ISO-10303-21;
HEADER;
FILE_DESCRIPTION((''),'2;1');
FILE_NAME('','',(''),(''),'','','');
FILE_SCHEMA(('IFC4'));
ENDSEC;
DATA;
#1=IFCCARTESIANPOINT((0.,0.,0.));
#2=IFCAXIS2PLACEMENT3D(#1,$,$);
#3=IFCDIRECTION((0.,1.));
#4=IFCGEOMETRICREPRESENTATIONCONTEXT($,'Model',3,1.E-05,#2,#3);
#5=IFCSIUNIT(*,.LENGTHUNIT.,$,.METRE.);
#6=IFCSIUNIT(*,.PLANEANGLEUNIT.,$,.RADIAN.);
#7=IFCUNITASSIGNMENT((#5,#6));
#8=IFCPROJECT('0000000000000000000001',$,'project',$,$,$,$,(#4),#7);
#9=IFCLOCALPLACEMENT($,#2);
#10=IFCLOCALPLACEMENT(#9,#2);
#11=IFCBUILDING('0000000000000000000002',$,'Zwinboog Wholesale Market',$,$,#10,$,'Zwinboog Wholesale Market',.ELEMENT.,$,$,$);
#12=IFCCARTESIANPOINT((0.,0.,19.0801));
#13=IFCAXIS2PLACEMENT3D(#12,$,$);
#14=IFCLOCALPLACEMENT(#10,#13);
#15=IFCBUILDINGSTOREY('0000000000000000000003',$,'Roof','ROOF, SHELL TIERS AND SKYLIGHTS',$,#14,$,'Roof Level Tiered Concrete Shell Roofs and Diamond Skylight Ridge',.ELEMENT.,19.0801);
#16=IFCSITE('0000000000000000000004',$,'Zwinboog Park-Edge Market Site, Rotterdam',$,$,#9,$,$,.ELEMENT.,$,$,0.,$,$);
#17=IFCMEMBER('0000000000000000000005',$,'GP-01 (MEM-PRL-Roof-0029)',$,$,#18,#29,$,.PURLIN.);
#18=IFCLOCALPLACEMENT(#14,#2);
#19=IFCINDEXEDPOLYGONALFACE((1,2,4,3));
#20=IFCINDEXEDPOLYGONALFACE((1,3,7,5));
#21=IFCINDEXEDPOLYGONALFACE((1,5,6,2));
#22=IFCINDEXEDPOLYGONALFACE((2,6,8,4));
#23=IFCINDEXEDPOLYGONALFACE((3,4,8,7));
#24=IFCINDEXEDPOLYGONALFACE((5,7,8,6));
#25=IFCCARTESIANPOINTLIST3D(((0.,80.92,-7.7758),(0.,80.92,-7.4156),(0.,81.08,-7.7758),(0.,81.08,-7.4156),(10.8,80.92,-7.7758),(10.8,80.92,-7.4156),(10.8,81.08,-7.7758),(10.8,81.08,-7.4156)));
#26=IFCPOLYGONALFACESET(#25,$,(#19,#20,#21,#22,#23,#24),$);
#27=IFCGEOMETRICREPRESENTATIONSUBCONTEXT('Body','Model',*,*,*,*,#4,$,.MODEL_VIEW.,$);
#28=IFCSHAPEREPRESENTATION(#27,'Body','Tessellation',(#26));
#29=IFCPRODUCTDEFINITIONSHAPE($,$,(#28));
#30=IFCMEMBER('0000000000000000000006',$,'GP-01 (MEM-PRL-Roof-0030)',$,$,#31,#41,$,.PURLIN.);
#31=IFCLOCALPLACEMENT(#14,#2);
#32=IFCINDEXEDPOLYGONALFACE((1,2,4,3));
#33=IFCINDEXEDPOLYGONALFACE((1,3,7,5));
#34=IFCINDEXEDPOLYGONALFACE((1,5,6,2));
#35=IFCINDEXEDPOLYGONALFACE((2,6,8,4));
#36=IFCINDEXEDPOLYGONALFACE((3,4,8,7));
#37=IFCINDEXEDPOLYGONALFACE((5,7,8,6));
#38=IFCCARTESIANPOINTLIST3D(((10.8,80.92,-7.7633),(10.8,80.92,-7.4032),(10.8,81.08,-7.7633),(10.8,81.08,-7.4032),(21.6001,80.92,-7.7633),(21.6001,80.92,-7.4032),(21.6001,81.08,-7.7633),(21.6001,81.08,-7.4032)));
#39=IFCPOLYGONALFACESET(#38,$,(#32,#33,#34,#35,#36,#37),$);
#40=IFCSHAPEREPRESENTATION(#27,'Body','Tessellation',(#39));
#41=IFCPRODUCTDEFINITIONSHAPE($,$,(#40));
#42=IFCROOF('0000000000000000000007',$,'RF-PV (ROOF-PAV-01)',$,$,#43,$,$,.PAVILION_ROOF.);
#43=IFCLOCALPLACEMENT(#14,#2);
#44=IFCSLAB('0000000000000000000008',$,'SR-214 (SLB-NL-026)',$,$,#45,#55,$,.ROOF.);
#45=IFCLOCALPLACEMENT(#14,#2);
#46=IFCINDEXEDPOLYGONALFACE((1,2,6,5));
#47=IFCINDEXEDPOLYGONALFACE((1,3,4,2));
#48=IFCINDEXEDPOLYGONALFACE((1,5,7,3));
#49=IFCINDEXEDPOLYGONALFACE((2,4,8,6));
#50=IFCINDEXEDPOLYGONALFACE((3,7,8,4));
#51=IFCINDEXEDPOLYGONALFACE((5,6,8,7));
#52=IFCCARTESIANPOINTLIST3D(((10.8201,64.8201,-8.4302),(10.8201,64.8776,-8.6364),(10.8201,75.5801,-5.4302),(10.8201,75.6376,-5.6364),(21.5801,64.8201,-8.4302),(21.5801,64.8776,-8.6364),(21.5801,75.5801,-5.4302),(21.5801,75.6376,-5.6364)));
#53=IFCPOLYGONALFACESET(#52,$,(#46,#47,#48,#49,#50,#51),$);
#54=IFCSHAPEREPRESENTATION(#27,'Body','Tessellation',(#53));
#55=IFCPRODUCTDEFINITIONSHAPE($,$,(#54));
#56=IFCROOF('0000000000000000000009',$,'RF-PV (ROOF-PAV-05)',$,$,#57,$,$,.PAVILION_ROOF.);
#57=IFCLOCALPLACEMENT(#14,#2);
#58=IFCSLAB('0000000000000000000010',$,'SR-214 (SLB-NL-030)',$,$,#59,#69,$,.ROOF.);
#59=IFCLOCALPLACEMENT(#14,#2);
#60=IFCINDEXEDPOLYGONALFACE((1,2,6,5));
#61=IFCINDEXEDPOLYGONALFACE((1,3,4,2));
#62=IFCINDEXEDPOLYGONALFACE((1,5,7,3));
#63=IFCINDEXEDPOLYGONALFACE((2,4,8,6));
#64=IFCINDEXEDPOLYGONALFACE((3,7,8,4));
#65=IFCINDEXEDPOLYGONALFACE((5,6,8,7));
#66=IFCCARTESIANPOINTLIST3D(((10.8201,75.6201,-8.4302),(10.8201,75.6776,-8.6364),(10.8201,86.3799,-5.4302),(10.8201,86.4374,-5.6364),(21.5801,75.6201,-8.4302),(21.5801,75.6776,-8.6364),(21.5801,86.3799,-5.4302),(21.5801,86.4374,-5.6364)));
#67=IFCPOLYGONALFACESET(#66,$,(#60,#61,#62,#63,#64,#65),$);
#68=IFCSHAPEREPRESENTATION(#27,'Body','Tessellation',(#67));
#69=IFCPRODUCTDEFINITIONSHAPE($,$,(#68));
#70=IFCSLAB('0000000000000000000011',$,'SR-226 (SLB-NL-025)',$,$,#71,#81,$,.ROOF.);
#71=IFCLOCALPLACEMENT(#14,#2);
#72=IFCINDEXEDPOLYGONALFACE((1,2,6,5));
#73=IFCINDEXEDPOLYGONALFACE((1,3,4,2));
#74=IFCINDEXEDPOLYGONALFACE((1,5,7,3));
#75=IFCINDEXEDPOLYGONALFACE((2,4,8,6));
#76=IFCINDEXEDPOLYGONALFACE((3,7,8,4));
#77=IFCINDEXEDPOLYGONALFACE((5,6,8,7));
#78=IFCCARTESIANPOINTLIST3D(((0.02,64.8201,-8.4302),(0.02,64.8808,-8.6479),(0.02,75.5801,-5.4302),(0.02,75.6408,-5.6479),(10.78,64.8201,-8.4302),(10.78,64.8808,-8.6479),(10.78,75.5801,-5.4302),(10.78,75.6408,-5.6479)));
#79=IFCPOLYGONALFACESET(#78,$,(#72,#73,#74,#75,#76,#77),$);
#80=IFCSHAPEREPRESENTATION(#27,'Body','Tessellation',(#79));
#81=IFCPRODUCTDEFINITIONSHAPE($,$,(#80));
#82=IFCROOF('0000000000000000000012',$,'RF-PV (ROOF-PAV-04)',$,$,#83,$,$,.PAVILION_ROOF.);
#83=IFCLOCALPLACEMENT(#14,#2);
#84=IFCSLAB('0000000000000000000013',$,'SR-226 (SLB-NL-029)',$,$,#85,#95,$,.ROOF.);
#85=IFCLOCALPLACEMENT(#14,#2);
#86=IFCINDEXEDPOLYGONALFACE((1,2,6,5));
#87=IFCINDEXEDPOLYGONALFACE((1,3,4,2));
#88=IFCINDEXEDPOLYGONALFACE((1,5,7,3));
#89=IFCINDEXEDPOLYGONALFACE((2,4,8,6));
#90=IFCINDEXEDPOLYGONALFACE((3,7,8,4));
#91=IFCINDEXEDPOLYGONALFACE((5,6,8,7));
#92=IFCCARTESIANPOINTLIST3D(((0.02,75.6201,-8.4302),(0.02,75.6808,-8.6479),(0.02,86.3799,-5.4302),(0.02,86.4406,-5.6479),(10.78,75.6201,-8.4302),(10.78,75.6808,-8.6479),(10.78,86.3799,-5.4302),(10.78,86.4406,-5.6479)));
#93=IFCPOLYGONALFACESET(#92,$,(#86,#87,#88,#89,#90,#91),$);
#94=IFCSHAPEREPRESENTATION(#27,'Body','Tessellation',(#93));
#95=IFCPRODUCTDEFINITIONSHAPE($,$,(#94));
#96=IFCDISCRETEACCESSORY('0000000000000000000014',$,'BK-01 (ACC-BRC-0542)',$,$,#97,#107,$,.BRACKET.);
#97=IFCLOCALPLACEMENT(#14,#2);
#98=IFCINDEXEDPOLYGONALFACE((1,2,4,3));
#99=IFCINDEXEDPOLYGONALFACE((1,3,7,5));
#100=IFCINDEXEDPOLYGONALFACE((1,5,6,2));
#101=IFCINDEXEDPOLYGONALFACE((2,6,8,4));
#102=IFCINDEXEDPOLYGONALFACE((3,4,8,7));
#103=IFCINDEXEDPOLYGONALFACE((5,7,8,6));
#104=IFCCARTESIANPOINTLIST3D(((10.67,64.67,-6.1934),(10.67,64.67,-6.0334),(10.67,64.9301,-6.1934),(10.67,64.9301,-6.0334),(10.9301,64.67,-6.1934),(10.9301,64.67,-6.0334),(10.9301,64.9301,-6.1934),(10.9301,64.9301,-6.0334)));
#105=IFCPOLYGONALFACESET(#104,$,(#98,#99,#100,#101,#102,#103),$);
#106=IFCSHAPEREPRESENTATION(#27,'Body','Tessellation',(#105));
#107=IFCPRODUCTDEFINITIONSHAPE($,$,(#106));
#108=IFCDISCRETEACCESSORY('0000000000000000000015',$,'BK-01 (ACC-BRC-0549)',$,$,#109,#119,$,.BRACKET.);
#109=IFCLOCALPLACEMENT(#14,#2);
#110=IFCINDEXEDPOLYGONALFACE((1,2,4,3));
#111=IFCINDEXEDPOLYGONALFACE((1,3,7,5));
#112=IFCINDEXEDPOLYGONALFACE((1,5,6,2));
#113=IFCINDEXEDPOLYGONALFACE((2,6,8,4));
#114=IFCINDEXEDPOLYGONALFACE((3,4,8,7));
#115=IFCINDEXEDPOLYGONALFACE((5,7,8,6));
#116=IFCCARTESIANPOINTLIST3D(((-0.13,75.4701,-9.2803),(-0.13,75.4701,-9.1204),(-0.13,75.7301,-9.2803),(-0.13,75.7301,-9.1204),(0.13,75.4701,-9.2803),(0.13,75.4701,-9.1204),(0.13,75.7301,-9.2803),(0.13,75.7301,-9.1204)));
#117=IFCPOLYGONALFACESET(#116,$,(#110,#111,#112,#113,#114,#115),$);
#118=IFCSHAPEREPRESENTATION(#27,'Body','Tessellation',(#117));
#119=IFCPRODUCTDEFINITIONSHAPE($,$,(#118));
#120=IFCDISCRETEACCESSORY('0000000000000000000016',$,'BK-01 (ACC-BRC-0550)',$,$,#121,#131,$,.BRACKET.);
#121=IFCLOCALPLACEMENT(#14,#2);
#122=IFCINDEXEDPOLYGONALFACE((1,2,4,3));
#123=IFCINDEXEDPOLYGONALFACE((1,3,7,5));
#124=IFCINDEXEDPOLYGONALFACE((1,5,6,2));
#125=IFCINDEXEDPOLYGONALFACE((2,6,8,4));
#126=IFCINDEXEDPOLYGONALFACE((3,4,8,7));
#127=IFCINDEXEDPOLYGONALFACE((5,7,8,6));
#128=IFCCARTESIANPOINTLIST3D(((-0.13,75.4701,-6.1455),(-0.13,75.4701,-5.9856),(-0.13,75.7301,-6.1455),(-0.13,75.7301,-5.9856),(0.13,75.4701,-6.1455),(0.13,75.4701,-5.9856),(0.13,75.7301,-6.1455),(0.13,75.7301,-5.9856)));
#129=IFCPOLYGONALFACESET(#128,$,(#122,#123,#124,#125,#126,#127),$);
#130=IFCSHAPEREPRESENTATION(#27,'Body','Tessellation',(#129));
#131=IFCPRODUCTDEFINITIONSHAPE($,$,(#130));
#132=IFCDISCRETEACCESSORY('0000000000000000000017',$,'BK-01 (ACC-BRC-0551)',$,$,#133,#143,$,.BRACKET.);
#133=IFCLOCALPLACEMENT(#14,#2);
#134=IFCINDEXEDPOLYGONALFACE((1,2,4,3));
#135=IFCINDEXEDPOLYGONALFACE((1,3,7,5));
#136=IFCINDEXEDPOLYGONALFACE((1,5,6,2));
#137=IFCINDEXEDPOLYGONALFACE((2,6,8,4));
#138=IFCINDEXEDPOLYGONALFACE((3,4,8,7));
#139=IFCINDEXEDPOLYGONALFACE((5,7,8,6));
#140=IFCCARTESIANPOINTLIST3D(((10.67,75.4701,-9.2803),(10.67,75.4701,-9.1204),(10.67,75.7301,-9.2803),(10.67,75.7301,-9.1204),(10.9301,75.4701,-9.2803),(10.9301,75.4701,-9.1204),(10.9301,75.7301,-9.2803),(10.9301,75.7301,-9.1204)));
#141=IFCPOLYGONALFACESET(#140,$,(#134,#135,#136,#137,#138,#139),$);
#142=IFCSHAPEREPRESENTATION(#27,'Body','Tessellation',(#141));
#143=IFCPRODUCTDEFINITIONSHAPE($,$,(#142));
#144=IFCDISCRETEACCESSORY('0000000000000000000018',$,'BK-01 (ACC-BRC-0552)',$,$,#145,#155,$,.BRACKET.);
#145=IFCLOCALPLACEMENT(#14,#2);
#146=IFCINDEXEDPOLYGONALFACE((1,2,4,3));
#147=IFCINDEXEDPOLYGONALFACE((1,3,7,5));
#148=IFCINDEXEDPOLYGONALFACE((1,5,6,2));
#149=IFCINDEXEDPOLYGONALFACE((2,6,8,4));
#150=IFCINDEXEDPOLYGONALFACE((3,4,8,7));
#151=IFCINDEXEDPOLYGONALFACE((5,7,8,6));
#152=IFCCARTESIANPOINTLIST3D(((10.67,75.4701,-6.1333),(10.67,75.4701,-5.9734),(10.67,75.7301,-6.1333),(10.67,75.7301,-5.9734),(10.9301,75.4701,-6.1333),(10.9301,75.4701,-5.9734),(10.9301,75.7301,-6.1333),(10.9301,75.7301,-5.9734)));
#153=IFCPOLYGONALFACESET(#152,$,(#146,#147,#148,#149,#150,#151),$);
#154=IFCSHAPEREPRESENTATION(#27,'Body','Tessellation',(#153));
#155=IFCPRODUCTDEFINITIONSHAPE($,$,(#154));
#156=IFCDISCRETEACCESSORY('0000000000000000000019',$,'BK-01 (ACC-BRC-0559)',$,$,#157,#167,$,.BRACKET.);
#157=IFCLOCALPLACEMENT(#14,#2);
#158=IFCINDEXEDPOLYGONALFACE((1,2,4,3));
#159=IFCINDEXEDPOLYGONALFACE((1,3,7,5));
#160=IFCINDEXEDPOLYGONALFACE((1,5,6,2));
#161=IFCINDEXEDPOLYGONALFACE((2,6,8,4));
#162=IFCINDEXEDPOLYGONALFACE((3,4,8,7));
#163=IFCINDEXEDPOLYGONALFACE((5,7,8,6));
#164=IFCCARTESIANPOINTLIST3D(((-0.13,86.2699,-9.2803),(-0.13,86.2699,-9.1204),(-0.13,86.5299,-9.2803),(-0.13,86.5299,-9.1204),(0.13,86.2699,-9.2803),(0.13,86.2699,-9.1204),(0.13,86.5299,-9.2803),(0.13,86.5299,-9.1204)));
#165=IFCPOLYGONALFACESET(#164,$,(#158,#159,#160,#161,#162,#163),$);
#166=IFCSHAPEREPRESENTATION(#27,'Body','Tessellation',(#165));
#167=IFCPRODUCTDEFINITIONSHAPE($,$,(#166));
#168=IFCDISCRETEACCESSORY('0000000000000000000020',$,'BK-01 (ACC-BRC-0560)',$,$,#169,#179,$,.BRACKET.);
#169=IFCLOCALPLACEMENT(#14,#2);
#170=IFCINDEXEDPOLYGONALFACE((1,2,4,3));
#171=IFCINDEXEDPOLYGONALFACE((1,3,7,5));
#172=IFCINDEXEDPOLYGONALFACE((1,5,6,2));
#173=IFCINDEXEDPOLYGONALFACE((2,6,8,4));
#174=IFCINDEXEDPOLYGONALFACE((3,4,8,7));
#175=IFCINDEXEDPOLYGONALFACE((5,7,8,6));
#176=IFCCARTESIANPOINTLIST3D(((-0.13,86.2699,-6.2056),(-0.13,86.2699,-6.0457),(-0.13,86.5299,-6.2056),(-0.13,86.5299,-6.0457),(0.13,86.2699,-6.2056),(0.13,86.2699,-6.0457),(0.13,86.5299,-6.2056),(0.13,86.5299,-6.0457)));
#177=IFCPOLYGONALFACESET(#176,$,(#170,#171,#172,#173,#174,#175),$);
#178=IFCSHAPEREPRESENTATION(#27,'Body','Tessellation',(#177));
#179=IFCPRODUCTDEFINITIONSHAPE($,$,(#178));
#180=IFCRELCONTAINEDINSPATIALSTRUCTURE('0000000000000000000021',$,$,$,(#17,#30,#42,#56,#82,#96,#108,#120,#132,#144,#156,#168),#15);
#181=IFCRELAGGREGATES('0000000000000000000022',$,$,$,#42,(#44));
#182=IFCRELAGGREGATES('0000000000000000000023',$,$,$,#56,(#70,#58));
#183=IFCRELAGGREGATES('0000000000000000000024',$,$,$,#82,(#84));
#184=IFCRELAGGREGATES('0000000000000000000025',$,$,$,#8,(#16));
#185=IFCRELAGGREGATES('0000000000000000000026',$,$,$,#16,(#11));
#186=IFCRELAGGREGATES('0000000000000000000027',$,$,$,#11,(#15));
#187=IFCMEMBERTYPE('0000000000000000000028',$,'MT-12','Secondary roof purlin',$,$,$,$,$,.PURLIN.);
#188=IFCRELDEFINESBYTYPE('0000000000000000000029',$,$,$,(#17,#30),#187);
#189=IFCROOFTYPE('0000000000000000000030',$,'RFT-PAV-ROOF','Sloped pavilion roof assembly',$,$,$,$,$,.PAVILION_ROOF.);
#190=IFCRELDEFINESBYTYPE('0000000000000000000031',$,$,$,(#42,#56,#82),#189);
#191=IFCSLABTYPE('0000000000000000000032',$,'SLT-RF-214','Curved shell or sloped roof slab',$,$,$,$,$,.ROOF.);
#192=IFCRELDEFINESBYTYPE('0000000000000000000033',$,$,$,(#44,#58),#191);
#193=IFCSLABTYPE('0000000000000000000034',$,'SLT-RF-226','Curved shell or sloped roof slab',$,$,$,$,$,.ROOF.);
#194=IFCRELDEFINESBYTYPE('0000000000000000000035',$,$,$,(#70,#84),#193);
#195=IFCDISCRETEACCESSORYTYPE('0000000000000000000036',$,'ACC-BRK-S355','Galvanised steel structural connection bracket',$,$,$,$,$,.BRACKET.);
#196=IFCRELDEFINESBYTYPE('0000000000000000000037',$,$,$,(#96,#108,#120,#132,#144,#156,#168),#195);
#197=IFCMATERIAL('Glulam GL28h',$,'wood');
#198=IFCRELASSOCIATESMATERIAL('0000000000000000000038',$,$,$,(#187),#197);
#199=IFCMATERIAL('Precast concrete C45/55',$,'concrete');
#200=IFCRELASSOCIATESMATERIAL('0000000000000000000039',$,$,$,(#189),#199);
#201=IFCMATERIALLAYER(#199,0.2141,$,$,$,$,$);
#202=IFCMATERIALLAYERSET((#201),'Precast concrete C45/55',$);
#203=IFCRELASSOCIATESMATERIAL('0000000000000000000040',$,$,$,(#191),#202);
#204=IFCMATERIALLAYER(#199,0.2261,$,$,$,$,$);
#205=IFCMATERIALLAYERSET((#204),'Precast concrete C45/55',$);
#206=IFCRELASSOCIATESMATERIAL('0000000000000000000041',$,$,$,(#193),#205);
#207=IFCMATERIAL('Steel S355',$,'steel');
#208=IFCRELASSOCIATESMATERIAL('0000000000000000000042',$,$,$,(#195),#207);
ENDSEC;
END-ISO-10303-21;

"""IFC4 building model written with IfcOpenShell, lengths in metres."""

from ifc_helpers import new_model, si_unit, direction, frame, origin, origin_2d, place, context, subcontext, project, spatial, polyline, rectangle, outline, extrude, material, layer, layer_set, material_profile, profile_set, type_object, element, aggregate, save


model = new_model("IFC4")

# Units and contexts
model_context = context("Model", 3, precision=1e-05, world=origin(), true_north=direction((0.0, 1.0)))
body_context = subcontext(model_context, "Body", "Model", "MODEL_VIEW")
ifc_project = project(units=[si_unit("LENGTHUNIT", "METRE"), si_unit("PLANEANGLEUNIT", "RADIAN")], contexts=[model_context])

# Site, building, storey
site_placement = place(None, origin())
site = spatial("IfcSite", under=ifc_project, at=site_placement, Name="Zwinboog Park-Edge Market Site, Rotterdam", CompositionType="ELEMENT", RefElevation=0.0)
building_placement = place(site_placement, origin())
building = spatial("IfcBuilding", under=site, at=building_placement, Name="Zwinboog Wholesale Market", LongName="Zwinboog Wholesale Market", CompositionType="ELEMENT")
storey_placement = place(building_placement, frame((0.0, 0.0, 19.0801)))
storey = spatial("IfcBuildingStorey", under=building, at=storey_placement, Name="Roof", Description="ROOF, SHELL TIERS AND SKYLIGHTS", LongName="Roof Level Tiered Concrete Shell Roofs and Diamond Skylight Ridge", CompositionType="ELEMENT", Elevation=19.0801)

# Shared definitions
ifc_material_1 = material(Name="Precast concrete C45/55", Category="concrete")

# Members
ifc_material_2 = material(Name="Steel S355", Category="steel")
ifc_material_3 = material(Name="Glulam GL28h", Category="wood")
ifc_material_profile_1 = material_profile(ifc_material_3, rectangle(XDim=0.1599, YDim=0.3601, at=origin_2d()), Name="GL28h 160x360")
ifc_profile_set_1 = profile_set([ifc_material_profile_1], Name="Glulam GL28h")
member_type_1 = type_object("IfcMemberType", Name="MT-12", Description="Secondary roof purlin", PredefinedType="PURLIN", material=ifc_profile_set_1)
for number, where, z_axis, x_axis, name in (
    (1, (0.0, 81.0, -7.5957), (1.0, 0.0, 0.0), (0.0, 1.0, 0.0), "GP-01 (MEM-PRL-Roof-0029)"),
    (2, (10.8, 81.0, -7.5833), (1.0, 0.0, 0.0), (0.0, 1.0, 0.0), "GP-01 (MEM-PRL-Roof-0030)"),
):
    element("IfcMember", number, at=place(storey_placement, frame(where, z_axis=z_axis, x_axis=x_axis)), inside=storey, type_object=member_type_1, Name=name, PredefinedType="PURLIN", context=body_context, shape_type="SweptSolid", body=[
        extrude(rectangle(XDim=0.1599, YDim=0.3601, at=origin_2d()), origin(), (0.0, 0.0, 1.0), 10.8),
    ])

# Roof, slab
roof_type = type_object("IfcRoofType", Name="RFT-PAV-ROOF", Description="Sloped pavilion roof assembly", PredefinedType="PAVILION_ROOF", material=ifc_material_1)
roof_1_placement = place(storey_placement, origin())
roof_1 = element("IfcRoof", 3, at=roof_1_placement, inside=storey, type_object=roof_type, Name="RF-PV (ROOF-PAV-01)", PredefinedType="PAVILION_ROOF")
ifc_layer_1 = layer(ifc_material_1, 0.2141)
ifc_layer_set_1 = layer_set([ifc_layer_1], Name="Precast concrete C45/55")
slab_type_1 = type_object("IfcSlabType", Name="SLT-RF-214", Description="Curved shell or sloped roof slab", PredefinedType="ROOF", material=ifc_layer_set_1)
slab_1_placement = place(storey_placement, frame((10.8201, 64.8201, -8.4302), z_axis=(0.0, -0.268567, 0.963261), x_axis=(1.0, 0.0, 0.0)))
slab_1 = element("IfcSlab", 4, at=slab_1_placement, type_object=slab_type_1, Name="SR-214 (SLB-NL-026)", PredefinedType="ROOF", context=body_context, shape_type="SweptSolid", body=[
    extrude(outline(polyline([(0.0, 0.0), (10.76, 0.0), (10.76, 11.1704), (0.0, 11.1704), (0.0, 0.0)])), origin(), (0.0, 0.0, -1.0), 0.2141),
])
aggregate(roof_1, [slab_1])

# Roof, slabs
roof_2_placement = place(storey_placement, origin())
roof_2 = element("IfcRoof", 5, at=roof_2_placement, inside=storey, type_object=roof_type, Name="RF-PV (ROOF-PAV-05)", PredefinedType="PAVILION_ROOF")
slab_2_placement = place(storey_placement, frame((10.8201, 75.6201, -8.4302), z_axis=(0.0, -0.268573, 0.963259), x_axis=(1.0, 0.0, 0.0)))
slab_2 = element("IfcSlab", 6, at=slab_2_placement, type_object=slab_type_1, Name="SR-214 (SLB-NL-030)", PredefinedType="ROOF", context=body_context, shape_type="SweptSolid", body=[
    extrude(outline(polyline([(0.0, 0.0), (10.76, 0.0), (10.76, 11.1702), (0.0, 11.1702), (0.0, 0.0)])), origin(), (0.0, 0.0, -1.0), 0.2141),
])
ifc_layer_2 = layer(ifc_material_1, 0.2261)
ifc_layer_set_2 = layer_set([ifc_layer_2], Name="Precast concrete C45/55")
slab_type_2 = type_object("IfcSlabType", Name="SLT-RF-226", Description="Curved shell or sloped roof slab", PredefinedType="ROOF", material=ifc_layer_set_2)
slab_3_placement = place(storey_placement, frame((0.02, 64.8201, -8.4302), z_axis=(0.0, -0.268567, 0.963261), x_axis=(1.0, 0.0, 0.0)))
slab_3 = element("IfcSlab", 7, at=slab_3_placement, type_object=slab_type_2, Name="SR-226 (SLB-NL-025)", PredefinedType="ROOF", context=body_context, shape_type="SweptSolid", body=[
    extrude(outline(polyline([(0.0, 0.0), (10.76, 0.0), (10.76, 11.1704), (0.0, 11.1704), (0.0, 0.0)])), origin(), (0.0, 0.0, -1.0), 0.2261),
])
aggregate(roof_2, [slab_3, slab_2])

# Roof, slab
roof_3_placement = place(storey_placement, origin())
roof_3 = element("IfcRoof", 8, at=roof_3_placement, inside=storey, type_object=roof_type, Name="RF-PV (ROOF-PAV-04)", PredefinedType="PAVILION_ROOF")
slab_4_placement = place(storey_placement, frame((0.02, 75.6201, -8.4302), z_axis=(0.0, -0.268573, 0.963259), x_axis=(1.0, 0.0, 0.0)))
slab_4 = element("IfcSlab", 9, at=slab_4_placement, type_object=slab_type_2, Name="SR-226 (SLB-NL-029)", PredefinedType="ROOF", context=body_context, shape_type="SweptSolid", body=[
    extrude(outline(polyline([(0.0, 0.0), (10.76, 0.0), (10.76, 11.1702), (0.0, 11.1702), (0.0, 0.0)])), origin(), (0.0, 0.0, -1.0), 0.2261),
])
aggregate(roof_3, [slab_4])

# Discrete accessories
discrete_accessory_type = type_object("IfcDiscreteAccessoryType", Name="ACC-BRK-S355", Description="Galvanised steel structural connection bracket", PredefinedType="BRACKET", material=ifc_material_2)
for number, where, z_axis, x_axis, name in (
    (10, (10.8, 64.8, -6.1934), (0.0, 0.0, 1.0), (1.0, 0.0, 0.0), "BK-01 (ACC-BRC-0542)"),
    (11, (0.0, 75.6001, -9.2803), (0.0, 0.0, 1.0), (1.0, 0.0, 0.0), "BK-01 (ACC-BRC-0549)"),
    (12, (0.0, 75.6001, -6.1455), (0.0, 0.0, 1.0), (1.0, 0.0, 0.0), "BK-01 (ACC-BRC-0550)"),
    (13, (10.8, 75.6001, -9.2803), (0.0, 0.0, 1.0), (1.0, 0.0, 0.0), "BK-01 (ACC-BRC-0551)"),
    (14, (10.8, 75.6001, -6.1333), (0.0, 0.0, 1.0), (1.0, 0.0, 0.0), "BK-01 (ACC-BRC-0552)"),
    (15, (0.0, 86.3999, -9.2803), (0.0, 0.0, 1.0), (1.0, 0.0, 0.0), "BK-01 (ACC-BRC-0559)"),
    (16, (0.0, 86.3999, -6.2056), (0.0, 0.0, 1.0), (1.0, 0.0, 0.0), "BK-01 (ACC-BRC-0560)"),
):
    element("IfcDiscreteAccessory", number, at=place(storey_placement, frame(where, z_axis=z_axis, x_axis=x_axis)), inside=storey, type_object=discrete_accessory_type, Name=name, PredefinedType="BRACKET", context=body_context, shape_type="SweptSolid", body=[
        extrude(rectangle(XDim=0.26, YDim=0.26, at=origin_2d()), origin(), (0.0, 0.0, 1.0), 0.1599),
    ])

save(model, "model.ifc")
